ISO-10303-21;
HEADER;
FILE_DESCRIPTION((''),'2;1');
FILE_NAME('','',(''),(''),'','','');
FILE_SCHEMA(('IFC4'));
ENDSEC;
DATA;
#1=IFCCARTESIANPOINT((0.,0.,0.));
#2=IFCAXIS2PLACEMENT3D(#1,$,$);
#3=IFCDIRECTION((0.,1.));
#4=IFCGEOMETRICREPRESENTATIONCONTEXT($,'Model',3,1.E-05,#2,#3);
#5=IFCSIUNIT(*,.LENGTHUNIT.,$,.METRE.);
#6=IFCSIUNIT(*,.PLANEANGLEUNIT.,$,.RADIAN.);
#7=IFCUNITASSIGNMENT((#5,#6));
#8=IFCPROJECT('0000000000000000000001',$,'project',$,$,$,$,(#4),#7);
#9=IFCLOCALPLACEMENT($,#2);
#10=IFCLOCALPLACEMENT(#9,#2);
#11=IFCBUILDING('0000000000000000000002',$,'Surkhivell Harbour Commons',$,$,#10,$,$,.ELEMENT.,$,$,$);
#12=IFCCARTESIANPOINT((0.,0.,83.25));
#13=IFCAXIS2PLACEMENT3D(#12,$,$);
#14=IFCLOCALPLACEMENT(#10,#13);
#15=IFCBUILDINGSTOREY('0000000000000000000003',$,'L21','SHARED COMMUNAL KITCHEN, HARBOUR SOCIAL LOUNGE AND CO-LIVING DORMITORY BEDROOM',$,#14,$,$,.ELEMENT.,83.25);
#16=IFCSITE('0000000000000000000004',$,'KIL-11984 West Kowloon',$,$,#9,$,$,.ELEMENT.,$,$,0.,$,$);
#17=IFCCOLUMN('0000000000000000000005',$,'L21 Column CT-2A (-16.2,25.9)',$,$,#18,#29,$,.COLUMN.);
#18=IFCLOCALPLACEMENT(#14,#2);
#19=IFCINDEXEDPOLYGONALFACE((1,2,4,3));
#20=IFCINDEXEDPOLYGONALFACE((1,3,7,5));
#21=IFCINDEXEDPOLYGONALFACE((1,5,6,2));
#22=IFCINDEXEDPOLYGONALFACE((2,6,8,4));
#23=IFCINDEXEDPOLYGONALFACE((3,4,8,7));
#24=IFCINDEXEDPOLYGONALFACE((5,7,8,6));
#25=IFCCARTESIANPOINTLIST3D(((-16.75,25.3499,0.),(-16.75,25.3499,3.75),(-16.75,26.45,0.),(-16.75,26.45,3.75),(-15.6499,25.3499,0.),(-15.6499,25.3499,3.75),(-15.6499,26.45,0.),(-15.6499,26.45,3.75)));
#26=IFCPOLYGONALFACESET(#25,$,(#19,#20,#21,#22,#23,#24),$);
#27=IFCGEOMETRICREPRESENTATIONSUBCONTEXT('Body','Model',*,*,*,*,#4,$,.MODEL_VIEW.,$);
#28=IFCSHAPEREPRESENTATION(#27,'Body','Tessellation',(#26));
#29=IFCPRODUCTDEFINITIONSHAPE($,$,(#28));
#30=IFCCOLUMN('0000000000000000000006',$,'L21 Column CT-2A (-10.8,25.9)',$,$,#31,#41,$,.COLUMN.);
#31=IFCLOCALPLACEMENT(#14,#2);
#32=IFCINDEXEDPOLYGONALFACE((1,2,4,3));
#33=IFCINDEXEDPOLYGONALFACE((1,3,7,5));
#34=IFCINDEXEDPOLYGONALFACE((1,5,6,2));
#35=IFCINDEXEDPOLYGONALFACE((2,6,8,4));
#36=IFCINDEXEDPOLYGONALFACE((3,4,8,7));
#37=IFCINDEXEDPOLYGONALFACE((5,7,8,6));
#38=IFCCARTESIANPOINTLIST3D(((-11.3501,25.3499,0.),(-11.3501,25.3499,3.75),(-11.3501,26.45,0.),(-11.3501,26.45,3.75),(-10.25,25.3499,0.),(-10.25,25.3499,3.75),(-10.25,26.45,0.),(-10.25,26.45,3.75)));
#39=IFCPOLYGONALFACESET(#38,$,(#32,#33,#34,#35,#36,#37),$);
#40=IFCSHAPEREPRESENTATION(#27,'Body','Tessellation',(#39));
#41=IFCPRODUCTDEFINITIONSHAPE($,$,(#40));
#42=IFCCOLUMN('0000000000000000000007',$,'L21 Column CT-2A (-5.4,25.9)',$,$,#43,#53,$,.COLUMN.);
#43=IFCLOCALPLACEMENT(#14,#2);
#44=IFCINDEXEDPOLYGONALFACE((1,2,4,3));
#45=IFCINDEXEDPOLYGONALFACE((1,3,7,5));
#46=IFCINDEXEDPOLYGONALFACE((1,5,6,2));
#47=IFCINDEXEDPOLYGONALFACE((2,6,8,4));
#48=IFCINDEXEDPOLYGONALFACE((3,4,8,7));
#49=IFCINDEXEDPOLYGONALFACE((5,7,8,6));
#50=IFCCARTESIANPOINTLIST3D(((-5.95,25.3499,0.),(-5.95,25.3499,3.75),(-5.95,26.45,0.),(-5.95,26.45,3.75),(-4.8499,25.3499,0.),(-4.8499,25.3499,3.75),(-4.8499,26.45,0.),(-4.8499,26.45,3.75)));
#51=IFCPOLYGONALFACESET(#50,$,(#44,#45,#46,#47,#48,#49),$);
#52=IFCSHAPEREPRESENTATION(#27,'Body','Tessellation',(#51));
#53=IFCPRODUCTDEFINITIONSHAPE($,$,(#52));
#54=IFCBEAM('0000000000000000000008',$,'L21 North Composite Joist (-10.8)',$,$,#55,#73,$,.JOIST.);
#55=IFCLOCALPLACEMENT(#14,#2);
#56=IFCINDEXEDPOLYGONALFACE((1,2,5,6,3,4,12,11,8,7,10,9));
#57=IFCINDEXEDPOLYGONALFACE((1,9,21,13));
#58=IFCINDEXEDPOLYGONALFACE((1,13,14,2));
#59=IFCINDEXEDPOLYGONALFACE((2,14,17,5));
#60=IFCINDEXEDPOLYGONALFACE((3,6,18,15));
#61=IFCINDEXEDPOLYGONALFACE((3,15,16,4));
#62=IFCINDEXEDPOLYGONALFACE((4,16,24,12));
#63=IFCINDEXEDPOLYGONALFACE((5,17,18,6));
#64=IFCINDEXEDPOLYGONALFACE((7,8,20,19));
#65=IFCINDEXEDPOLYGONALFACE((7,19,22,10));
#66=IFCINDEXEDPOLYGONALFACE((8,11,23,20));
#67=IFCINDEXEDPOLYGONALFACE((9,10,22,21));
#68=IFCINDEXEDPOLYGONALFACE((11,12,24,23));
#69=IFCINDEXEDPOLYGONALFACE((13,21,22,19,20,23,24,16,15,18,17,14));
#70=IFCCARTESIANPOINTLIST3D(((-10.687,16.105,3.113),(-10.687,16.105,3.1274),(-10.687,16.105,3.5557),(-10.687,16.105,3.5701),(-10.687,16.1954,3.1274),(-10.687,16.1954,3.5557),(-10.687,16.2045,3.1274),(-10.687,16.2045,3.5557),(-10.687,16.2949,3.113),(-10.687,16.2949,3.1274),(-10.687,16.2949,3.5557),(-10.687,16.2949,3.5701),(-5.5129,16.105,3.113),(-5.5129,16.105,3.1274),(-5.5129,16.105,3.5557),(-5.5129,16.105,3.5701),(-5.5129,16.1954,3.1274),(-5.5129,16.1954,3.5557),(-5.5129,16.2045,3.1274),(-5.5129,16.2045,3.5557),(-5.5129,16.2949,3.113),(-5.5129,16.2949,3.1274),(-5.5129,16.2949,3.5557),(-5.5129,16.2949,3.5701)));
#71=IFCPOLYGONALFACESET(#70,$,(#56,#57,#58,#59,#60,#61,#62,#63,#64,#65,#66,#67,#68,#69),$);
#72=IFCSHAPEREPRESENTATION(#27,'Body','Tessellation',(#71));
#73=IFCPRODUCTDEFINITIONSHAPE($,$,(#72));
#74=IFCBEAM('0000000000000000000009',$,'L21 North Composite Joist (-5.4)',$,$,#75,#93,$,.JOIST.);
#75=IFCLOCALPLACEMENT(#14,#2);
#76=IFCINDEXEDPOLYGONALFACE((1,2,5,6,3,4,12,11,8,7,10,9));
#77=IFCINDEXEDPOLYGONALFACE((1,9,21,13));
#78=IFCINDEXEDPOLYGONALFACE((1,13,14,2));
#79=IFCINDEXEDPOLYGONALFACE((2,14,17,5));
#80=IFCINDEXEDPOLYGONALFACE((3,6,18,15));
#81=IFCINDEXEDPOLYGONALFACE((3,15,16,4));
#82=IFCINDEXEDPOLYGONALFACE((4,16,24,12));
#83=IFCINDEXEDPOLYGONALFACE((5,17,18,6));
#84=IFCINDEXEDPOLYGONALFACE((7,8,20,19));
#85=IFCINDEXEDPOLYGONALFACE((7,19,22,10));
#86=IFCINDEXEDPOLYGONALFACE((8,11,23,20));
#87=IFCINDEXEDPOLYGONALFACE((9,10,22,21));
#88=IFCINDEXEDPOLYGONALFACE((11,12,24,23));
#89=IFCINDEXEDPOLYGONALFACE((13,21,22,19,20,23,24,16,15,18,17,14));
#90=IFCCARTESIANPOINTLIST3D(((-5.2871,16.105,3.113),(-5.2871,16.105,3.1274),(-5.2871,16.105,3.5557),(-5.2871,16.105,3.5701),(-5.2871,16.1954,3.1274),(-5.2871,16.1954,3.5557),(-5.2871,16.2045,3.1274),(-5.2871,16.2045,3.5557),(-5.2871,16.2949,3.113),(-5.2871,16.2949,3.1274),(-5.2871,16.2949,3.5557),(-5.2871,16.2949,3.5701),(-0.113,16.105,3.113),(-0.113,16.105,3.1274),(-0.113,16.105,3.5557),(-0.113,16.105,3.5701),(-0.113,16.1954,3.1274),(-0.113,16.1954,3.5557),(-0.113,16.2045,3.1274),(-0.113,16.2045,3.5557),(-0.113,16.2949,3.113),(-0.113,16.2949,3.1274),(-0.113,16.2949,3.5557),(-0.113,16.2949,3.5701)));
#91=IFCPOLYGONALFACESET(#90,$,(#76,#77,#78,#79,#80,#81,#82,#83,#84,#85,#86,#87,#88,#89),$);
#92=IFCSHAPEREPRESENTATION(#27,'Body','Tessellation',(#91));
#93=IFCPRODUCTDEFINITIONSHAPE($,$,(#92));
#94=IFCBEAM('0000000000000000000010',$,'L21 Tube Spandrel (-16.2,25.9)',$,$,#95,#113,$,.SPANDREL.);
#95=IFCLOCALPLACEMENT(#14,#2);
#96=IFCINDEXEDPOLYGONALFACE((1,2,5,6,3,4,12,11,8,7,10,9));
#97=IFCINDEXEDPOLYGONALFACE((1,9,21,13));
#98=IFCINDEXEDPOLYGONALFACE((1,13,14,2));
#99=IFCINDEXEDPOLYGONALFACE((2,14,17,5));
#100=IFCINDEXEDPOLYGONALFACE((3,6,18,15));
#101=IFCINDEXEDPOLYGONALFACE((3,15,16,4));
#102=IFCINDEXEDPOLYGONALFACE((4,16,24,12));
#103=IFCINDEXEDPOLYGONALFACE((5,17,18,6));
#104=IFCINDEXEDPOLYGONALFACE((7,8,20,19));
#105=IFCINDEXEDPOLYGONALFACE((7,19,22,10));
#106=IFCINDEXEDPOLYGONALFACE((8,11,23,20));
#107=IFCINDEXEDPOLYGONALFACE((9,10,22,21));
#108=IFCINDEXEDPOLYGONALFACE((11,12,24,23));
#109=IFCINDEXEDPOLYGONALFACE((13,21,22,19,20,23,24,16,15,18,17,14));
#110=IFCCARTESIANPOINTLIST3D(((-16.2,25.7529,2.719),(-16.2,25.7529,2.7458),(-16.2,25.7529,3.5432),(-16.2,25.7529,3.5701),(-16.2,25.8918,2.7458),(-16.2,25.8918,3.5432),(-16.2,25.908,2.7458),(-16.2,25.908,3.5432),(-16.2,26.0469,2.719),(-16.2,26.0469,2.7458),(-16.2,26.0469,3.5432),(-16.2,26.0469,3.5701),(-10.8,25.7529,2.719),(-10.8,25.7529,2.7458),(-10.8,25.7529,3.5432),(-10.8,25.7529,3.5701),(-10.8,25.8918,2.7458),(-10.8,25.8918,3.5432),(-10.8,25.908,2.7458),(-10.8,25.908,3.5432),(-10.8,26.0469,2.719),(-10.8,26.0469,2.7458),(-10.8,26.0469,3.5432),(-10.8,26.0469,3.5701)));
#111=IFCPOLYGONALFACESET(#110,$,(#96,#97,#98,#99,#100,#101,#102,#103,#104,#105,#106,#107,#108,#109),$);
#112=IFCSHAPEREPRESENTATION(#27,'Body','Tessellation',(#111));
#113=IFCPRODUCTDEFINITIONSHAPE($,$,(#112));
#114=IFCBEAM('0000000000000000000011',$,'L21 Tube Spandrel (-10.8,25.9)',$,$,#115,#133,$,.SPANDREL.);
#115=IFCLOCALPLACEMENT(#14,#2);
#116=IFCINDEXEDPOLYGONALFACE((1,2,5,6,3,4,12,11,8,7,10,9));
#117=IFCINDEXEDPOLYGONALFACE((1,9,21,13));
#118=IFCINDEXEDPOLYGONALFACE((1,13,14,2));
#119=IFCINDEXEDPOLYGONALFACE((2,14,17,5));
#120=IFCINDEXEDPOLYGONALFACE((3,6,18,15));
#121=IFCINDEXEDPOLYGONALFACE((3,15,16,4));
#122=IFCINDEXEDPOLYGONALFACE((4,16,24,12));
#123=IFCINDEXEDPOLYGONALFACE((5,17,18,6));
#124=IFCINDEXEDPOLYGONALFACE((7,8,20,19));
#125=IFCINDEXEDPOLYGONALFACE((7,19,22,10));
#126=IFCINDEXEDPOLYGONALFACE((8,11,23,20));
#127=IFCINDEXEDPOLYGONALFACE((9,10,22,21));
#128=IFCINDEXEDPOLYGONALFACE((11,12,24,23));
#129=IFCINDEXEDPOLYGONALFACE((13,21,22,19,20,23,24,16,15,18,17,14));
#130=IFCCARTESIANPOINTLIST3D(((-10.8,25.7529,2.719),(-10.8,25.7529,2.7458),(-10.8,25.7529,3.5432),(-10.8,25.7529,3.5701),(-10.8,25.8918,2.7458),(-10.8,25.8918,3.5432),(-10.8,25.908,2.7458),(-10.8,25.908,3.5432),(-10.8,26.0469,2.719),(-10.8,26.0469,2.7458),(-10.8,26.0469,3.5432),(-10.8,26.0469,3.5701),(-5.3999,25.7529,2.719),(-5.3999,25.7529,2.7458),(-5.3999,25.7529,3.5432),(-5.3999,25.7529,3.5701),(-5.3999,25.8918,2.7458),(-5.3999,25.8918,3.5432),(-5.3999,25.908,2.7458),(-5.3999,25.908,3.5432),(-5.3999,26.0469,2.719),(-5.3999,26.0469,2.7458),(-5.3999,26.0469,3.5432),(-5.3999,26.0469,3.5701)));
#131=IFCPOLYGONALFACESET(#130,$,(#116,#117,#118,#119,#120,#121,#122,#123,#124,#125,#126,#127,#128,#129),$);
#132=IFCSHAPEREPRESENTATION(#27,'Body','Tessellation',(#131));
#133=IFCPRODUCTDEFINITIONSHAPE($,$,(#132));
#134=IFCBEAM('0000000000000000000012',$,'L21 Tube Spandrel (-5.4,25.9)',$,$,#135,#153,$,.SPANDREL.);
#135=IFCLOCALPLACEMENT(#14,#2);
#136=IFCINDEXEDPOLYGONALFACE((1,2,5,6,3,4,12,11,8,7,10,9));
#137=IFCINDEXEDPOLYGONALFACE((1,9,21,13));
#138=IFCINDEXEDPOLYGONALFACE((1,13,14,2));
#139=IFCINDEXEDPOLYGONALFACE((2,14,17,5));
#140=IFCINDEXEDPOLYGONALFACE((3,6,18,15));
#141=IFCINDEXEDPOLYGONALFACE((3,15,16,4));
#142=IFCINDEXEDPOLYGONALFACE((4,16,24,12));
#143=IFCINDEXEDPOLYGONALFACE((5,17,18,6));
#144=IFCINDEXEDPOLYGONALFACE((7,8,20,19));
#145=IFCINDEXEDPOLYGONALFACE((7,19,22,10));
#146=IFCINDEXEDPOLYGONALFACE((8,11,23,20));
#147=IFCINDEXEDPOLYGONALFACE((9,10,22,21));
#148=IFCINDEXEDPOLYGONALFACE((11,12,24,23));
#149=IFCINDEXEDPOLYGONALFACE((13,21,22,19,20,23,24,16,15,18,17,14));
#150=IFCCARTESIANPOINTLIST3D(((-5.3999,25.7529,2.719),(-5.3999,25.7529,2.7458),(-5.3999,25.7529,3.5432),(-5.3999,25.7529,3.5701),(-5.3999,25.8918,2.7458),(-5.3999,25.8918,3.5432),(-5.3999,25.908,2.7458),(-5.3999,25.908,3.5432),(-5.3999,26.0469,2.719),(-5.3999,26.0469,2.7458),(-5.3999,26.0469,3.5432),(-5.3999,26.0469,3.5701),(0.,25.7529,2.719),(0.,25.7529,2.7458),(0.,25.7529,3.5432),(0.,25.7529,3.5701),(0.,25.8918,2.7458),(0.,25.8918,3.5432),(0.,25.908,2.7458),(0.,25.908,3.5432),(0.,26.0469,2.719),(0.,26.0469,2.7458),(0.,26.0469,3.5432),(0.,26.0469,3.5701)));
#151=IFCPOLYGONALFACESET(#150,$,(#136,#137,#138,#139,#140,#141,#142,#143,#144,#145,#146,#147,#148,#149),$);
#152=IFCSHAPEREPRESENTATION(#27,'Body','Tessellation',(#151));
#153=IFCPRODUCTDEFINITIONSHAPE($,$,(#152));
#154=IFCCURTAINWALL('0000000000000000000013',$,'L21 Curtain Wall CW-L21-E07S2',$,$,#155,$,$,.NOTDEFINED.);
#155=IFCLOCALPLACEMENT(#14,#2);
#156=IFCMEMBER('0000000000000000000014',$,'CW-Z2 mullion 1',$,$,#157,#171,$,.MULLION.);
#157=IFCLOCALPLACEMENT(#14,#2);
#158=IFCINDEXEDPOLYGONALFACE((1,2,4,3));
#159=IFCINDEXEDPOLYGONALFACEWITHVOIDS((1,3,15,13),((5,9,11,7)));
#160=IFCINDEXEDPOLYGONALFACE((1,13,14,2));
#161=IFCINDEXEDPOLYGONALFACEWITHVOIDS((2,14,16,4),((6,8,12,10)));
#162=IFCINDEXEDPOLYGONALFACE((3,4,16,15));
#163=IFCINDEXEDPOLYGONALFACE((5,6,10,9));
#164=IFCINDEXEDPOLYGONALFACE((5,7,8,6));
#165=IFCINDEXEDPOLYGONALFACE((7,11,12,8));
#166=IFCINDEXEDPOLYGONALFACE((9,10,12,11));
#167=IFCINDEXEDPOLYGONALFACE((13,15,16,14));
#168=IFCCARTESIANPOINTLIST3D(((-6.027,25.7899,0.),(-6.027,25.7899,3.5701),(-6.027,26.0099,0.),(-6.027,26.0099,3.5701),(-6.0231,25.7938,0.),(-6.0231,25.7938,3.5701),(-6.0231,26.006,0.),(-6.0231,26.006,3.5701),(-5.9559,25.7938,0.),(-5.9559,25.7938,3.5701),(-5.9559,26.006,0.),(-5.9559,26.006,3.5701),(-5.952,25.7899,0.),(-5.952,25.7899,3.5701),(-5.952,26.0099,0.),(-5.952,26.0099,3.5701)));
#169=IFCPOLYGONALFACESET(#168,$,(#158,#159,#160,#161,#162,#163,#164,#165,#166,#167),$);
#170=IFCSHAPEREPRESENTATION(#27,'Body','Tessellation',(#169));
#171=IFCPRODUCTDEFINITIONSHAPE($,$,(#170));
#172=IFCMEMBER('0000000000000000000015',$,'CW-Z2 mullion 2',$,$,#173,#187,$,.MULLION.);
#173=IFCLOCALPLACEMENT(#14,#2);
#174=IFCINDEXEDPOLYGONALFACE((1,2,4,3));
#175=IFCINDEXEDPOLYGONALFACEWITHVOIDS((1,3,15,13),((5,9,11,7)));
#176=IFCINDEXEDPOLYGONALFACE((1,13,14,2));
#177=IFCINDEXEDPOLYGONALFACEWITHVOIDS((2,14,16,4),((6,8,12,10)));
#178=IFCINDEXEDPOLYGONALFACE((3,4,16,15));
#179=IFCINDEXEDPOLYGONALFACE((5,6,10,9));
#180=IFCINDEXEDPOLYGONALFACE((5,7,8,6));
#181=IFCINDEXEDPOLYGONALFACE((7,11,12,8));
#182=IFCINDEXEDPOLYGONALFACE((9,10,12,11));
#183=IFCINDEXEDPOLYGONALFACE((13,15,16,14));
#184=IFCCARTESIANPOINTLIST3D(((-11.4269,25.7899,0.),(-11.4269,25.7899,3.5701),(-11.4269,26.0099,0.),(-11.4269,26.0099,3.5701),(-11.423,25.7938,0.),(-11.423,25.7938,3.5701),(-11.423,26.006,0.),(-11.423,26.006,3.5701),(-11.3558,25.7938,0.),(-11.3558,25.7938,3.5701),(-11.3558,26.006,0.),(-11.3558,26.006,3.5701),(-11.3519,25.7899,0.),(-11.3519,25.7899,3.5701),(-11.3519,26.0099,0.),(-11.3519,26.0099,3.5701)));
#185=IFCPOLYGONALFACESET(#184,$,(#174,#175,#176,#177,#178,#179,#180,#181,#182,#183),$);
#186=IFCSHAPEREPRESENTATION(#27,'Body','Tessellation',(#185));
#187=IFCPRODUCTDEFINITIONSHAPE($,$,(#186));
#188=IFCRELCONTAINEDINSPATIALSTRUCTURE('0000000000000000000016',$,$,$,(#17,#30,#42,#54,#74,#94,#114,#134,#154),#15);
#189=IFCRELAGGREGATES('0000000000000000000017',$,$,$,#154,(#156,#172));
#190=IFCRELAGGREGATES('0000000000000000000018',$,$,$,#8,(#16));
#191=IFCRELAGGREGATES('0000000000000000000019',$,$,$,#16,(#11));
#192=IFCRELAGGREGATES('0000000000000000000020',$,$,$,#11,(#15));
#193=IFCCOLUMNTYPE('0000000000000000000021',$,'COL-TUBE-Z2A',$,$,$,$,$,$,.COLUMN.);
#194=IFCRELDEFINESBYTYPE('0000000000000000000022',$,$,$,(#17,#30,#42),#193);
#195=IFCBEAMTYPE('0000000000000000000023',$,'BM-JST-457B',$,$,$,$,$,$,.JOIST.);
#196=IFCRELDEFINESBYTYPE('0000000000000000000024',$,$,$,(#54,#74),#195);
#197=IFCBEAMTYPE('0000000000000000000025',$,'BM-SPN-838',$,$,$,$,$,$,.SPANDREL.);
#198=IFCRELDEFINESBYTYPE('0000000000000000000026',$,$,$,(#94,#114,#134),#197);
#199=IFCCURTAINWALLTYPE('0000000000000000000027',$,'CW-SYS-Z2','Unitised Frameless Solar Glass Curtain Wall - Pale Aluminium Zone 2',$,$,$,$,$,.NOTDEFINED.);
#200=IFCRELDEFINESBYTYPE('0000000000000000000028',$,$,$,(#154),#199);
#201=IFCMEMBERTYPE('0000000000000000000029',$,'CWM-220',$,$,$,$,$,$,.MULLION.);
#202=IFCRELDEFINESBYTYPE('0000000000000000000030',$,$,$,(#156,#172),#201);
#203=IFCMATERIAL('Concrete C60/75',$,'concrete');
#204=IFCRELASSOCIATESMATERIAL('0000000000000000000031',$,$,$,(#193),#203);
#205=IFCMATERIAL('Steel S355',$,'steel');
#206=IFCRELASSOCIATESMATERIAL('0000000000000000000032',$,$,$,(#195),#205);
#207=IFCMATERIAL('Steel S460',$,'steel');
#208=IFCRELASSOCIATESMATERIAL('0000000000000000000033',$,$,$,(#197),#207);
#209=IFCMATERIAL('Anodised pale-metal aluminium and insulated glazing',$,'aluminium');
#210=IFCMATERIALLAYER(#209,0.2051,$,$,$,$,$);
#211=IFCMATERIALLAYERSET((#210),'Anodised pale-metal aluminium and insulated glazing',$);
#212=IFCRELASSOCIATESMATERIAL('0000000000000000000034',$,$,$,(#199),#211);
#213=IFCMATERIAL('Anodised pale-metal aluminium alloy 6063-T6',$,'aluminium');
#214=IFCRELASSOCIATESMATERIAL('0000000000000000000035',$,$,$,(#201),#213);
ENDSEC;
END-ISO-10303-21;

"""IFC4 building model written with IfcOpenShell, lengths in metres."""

from ifc_helpers import new_model, si_unit, direction, frame, origin, origin_2d, place, context, subcontext, project, spatial, rectangle, hollow_rectangle, i_section, extrude, material, layer, layer_set, material_profile, profile_set, type_object, element, aggregate, save


model = new_model("IFC4")

# Units and contexts
model_context = context("Model", 3, precision=1e-05, world=origin(), true_north=direction((0.0, 1.0)))
body_context = subcontext(model_context, "Body", "Model", "MODEL_VIEW")
ifc_project = project(units=[si_unit("LENGTHUNIT", "METRE"), si_unit("PLANEANGLEUNIT", "RADIAN")], contexts=[model_context])

# Site, building, storey
site_placement = place(None, origin())
site = spatial("IfcSite", under=ifc_project, at=site_placement, Name="KIL-11984 West Kowloon", CompositionType="ELEMENT", RefElevation=0.0)
building_placement = place(site_placement, origin())
building = spatial("IfcBuilding", under=site, at=building_placement, Name="Surkhivell Harbour Commons", CompositionType="ELEMENT")
storey_placement = place(building_placement, frame((0.0, 0.0, 83.25)))
storey = spatial("IfcBuildingStorey", under=building, at=storey_placement, Name="L21", Description="SHARED COMMUNAL KITCHEN, HARBOUR SOCIAL LOUNGE AND CO-LIVING DORMITORY BEDROOM", CompositionType="ELEMENT", Elevation=83.25)

# Columns
ifc_material_1 = material(Name="Concrete C60/75", Category="concrete")
ifc_material_profile_1 = material_profile(ifc_material_1, rectangle(XDim=1.1001, YDim=1.1001, at=origin_2d()), Name="RC-COL-1100x1100")
ifc_profile_set_1 = profile_set([ifc_material_profile_1], Name="Concrete C60/75")
column_type = type_object("IfcColumnType", Name="COL-TUBE-Z2A", PredefinedType="COLUMN", material=ifc_profile_set_1)
for number, where, z_axis, x_axis, name in (
    (1, (-16.2, 25.8999, 0.0), (0.0, 0.0, 1.0), (1.0, 0.0, 0.0), "L21 Column CT-2A (-16.2,25.9)"),
    (2, (-10.8, 25.8999, 0.0), (0.0, 0.0, 1.0), (1.0, 0.0, 0.0), "L21 Column CT-2A (-10.8,25.9)"),
    (3, (-5.3999, 25.8999, 0.0), (0.0, 0.0, 1.0), (1.0, 0.0, 0.0), "L21 Column CT-2A (-5.4,25.9)"),
):
    element("IfcColumn", number, at=place(storey_placement, frame(where, z_axis=z_axis, x_axis=x_axis)), inside=storey, type_object=column_type, Name=name, PredefinedType="COLUMN", context=body_context, shape_type="SweptSolid", body=[
        extrude(rectangle(XDim=1.1001, YDim=1.1001, at=origin_2d()), origin(), (0.0, 0.0, 1.0), 3.75),
    ])

# Beams
ifc_material_2 = material(Name="Steel S355", Category="steel")
ifc_material_profile_2 = material_profile(ifc_material_2, i_section(OverallWidth=0.1899, OverallDepth=0.457, WebThickness=0.009, FlangeThickness=0.0144, at=origin_2d()), Name="UB457x191x74")
ifc_profile_set_2 = profile_set([ifc_material_profile_2], Name="Steel S355")
beam_type_1 = type_object("IfcBeamType", Name="BM-JST-457B", PredefinedType="JOIST", material=ifc_profile_set_2)
for number, where, z_axis, x_axis, name in (
    (4, (-10.687, 16.2, 3.3416), (1.0, 0.0, 0.0), (0.0, 1.0, 0.0), "L21 North Composite Joist (-10.8)"),
    (5, (-5.2871, 16.2, 3.3416), (1.0, 0.0, 0.0), (0.0, 1.0, 0.0), "L21 North Composite Joist (-5.4)"),
):
    element("IfcBeam", number, at=place(storey_placement, frame(where, z_axis=z_axis, x_axis=x_axis)), inside=storey, type_object=beam_type_1, Name=name, PredefinedType="JOIST", context=body_context, shape_type="SweptSolid", body=[
        extrude(i_section(OverallWidth=0.1899, OverallDepth=0.457, WebThickness=0.009, FlangeThickness=0.0144, at=origin_2d()), origin(), (0.0, 0.0, 1.0), 5.1741),
    ])
ifc_material_3 = material(Name="Steel S460", Category="steel")
ifc_material_profile_3 = material_profile(ifc_material_3, i_section(OverallWidth=0.2939, OverallDepth=0.8511, WebThickness=0.0161, FlangeThickness=0.0269, at=origin_2d()), Name="UB838x292x226")
ifc_profile_set_3 = profile_set([ifc_material_profile_3], Name="Steel S460")
beam_type_2 = type_object("IfcBeamType", Name="BM-SPN-838", PredefinedType="SPANDREL", material=ifc_profile_set_3)
beam_1_placement = place(storey_placement, frame((-16.2, 25.8999, 3.1445), z_axis=(1.0, 0.0, 0.0), x_axis=(0.0, 1.0, 0.0)))
element("IfcBeam", 6, at=beam_1_placement, inside=storey, type_object=beam_type_2, Name="L21 Tube Spandrel (-16.2,25.9)", PredefinedType="SPANDREL", context=body_context, shape_type="SweptSolid", body=[
    extrude(i_section(OverallWidth=0.2939, OverallDepth=0.8511, WebThickness=0.0161, FlangeThickness=0.0269, at=origin_2d()), origin(), (0.0, 0.0, 1.0), 5.3999),
])
beam_2_placement = place(storey_placement, frame((-10.8, 25.8999, 3.1445), z_axis=(1.0, 0.0, 0.0), x_axis=(0.0, 1.0, 0.0)))
element("IfcBeam", 7, at=beam_2_placement, inside=storey, type_object=beam_type_2, Name="L21 Tube Spandrel (-10.8,25.9)", PredefinedType="SPANDREL", context=body_context, shape_type="SweptSolid", body=[
    extrude(i_section(OverallWidth=0.2939, OverallDepth=0.8511, WebThickness=0.0161, FlangeThickness=0.0269, at=origin_2d()), origin(), (0.0, 0.0, 1.0), 5.4001),
])
beam_3_placement = place(storey_placement, frame((-5.3999, 25.8999, 3.1445), z_axis=(1.0, 0.0, 0.0), x_axis=(0.0, 1.0, 0.0)))
element("IfcBeam", 8, at=beam_3_placement, inside=storey, type_object=beam_type_2, Name="L21 Tube Spandrel (-5.4,25.9)", PredefinedType="SPANDREL", context=body_context, shape_type="SweptSolid", body=[
    extrude(i_section(OverallWidth=0.2939, OverallDepth=0.8511, WebThickness=0.0161, FlangeThickness=0.0269, at=origin_2d()), origin(), (0.0, 0.0, 1.0), 5.3999),
])

# Curtain wall, members
ifc_material_4 = material(Name="Anodised pale-metal aluminium and insulated glazing", Category="aluminium")
ifc_layer_1 = layer(ifc_material_4, 0.2051)
ifc_layer_set_1 = layer_set([ifc_layer_1], Name="Anodised pale-metal aluminium and insulated glazing")
curtain_wall_type = type_object("IfcCurtainWallType", Name="CW-SYS-Z2", Description="Unitised Frameless Solar Glass Curtain Wall - Pale Aluminium Zone 2", PredefinedType="NOTDEFINED", material=ifc_layer_set_1)
curtain_wall_placement = place(storey_placement, origin())
curtain_wall = element("IfcCurtainWall", 9, at=curtain_wall_placement, inside=storey, type_object=curtain_wall_type, Name="L21 Curtain Wall CW-L21-E07S2", PredefinedType="NOTDEFINED")
ifc_material_5 = material(Name="Anodised pale-metal aluminium alloy 6063-T6", Category="aluminium")
ifc_material_profile_4 = material_profile(ifc_material_5, hollow_rectangle(XDim=0.075, YDim=0.22, WallThickness=0.0039, at=origin_2d()), Name="ALU-MULL-75x220")
ifc_profile_set_4 = profile_set([ifc_material_profile_4], Name="Anodised pale-metal aluminium alloy 6063-T6")
member_type_1 = type_object("IfcMemberType", Name="CWM-220", PredefinedType="MULLION", material=ifc_profile_set_4)
member_1_placement = place(storey_placement, frame((-5.9895, 25.8999, 0.0), z_axis=(0.0, 0.0, 1.0), x_axis=(-1.0, 0.0, 0.0)))
member_1 = element("IfcMember", 10, at=member_1_placement, type_object=member_type_1, Name="CW-Z2 mullion 1", PredefinedType="MULLION", context=body_context, shape_type="SweptSolid", body=[
    extrude(hollow_rectangle(XDim=0.075, YDim=0.22, WallThickness=0.0039, at=origin_2d()), origin(), (0.0, 0.0, 1.0), 3.5701),
])
member_2_placement = place(storey_placement, frame((-11.3894, 25.8999, 0.0), z_axis=(0.0, 0.0, 1.0), x_axis=(-1.0, 0.0, 0.0)))
member_2 = element("IfcMember", 11, at=member_2_placement, type_object=member_type_1, Name="CW-Z2 mullion 2", PredefinedType="MULLION", context=body_context, shape_type="SweptSolid", body=[
    extrude(hollow_rectangle(XDim=0.075, YDim=0.22, WallThickness=0.0039, at=origin_2d()), origin(), (0.0, 0.0, 1.0), 3.5701),
])

aggregate(curtain_wall, [member_1, member_2])

save(model, "model.ifc")
